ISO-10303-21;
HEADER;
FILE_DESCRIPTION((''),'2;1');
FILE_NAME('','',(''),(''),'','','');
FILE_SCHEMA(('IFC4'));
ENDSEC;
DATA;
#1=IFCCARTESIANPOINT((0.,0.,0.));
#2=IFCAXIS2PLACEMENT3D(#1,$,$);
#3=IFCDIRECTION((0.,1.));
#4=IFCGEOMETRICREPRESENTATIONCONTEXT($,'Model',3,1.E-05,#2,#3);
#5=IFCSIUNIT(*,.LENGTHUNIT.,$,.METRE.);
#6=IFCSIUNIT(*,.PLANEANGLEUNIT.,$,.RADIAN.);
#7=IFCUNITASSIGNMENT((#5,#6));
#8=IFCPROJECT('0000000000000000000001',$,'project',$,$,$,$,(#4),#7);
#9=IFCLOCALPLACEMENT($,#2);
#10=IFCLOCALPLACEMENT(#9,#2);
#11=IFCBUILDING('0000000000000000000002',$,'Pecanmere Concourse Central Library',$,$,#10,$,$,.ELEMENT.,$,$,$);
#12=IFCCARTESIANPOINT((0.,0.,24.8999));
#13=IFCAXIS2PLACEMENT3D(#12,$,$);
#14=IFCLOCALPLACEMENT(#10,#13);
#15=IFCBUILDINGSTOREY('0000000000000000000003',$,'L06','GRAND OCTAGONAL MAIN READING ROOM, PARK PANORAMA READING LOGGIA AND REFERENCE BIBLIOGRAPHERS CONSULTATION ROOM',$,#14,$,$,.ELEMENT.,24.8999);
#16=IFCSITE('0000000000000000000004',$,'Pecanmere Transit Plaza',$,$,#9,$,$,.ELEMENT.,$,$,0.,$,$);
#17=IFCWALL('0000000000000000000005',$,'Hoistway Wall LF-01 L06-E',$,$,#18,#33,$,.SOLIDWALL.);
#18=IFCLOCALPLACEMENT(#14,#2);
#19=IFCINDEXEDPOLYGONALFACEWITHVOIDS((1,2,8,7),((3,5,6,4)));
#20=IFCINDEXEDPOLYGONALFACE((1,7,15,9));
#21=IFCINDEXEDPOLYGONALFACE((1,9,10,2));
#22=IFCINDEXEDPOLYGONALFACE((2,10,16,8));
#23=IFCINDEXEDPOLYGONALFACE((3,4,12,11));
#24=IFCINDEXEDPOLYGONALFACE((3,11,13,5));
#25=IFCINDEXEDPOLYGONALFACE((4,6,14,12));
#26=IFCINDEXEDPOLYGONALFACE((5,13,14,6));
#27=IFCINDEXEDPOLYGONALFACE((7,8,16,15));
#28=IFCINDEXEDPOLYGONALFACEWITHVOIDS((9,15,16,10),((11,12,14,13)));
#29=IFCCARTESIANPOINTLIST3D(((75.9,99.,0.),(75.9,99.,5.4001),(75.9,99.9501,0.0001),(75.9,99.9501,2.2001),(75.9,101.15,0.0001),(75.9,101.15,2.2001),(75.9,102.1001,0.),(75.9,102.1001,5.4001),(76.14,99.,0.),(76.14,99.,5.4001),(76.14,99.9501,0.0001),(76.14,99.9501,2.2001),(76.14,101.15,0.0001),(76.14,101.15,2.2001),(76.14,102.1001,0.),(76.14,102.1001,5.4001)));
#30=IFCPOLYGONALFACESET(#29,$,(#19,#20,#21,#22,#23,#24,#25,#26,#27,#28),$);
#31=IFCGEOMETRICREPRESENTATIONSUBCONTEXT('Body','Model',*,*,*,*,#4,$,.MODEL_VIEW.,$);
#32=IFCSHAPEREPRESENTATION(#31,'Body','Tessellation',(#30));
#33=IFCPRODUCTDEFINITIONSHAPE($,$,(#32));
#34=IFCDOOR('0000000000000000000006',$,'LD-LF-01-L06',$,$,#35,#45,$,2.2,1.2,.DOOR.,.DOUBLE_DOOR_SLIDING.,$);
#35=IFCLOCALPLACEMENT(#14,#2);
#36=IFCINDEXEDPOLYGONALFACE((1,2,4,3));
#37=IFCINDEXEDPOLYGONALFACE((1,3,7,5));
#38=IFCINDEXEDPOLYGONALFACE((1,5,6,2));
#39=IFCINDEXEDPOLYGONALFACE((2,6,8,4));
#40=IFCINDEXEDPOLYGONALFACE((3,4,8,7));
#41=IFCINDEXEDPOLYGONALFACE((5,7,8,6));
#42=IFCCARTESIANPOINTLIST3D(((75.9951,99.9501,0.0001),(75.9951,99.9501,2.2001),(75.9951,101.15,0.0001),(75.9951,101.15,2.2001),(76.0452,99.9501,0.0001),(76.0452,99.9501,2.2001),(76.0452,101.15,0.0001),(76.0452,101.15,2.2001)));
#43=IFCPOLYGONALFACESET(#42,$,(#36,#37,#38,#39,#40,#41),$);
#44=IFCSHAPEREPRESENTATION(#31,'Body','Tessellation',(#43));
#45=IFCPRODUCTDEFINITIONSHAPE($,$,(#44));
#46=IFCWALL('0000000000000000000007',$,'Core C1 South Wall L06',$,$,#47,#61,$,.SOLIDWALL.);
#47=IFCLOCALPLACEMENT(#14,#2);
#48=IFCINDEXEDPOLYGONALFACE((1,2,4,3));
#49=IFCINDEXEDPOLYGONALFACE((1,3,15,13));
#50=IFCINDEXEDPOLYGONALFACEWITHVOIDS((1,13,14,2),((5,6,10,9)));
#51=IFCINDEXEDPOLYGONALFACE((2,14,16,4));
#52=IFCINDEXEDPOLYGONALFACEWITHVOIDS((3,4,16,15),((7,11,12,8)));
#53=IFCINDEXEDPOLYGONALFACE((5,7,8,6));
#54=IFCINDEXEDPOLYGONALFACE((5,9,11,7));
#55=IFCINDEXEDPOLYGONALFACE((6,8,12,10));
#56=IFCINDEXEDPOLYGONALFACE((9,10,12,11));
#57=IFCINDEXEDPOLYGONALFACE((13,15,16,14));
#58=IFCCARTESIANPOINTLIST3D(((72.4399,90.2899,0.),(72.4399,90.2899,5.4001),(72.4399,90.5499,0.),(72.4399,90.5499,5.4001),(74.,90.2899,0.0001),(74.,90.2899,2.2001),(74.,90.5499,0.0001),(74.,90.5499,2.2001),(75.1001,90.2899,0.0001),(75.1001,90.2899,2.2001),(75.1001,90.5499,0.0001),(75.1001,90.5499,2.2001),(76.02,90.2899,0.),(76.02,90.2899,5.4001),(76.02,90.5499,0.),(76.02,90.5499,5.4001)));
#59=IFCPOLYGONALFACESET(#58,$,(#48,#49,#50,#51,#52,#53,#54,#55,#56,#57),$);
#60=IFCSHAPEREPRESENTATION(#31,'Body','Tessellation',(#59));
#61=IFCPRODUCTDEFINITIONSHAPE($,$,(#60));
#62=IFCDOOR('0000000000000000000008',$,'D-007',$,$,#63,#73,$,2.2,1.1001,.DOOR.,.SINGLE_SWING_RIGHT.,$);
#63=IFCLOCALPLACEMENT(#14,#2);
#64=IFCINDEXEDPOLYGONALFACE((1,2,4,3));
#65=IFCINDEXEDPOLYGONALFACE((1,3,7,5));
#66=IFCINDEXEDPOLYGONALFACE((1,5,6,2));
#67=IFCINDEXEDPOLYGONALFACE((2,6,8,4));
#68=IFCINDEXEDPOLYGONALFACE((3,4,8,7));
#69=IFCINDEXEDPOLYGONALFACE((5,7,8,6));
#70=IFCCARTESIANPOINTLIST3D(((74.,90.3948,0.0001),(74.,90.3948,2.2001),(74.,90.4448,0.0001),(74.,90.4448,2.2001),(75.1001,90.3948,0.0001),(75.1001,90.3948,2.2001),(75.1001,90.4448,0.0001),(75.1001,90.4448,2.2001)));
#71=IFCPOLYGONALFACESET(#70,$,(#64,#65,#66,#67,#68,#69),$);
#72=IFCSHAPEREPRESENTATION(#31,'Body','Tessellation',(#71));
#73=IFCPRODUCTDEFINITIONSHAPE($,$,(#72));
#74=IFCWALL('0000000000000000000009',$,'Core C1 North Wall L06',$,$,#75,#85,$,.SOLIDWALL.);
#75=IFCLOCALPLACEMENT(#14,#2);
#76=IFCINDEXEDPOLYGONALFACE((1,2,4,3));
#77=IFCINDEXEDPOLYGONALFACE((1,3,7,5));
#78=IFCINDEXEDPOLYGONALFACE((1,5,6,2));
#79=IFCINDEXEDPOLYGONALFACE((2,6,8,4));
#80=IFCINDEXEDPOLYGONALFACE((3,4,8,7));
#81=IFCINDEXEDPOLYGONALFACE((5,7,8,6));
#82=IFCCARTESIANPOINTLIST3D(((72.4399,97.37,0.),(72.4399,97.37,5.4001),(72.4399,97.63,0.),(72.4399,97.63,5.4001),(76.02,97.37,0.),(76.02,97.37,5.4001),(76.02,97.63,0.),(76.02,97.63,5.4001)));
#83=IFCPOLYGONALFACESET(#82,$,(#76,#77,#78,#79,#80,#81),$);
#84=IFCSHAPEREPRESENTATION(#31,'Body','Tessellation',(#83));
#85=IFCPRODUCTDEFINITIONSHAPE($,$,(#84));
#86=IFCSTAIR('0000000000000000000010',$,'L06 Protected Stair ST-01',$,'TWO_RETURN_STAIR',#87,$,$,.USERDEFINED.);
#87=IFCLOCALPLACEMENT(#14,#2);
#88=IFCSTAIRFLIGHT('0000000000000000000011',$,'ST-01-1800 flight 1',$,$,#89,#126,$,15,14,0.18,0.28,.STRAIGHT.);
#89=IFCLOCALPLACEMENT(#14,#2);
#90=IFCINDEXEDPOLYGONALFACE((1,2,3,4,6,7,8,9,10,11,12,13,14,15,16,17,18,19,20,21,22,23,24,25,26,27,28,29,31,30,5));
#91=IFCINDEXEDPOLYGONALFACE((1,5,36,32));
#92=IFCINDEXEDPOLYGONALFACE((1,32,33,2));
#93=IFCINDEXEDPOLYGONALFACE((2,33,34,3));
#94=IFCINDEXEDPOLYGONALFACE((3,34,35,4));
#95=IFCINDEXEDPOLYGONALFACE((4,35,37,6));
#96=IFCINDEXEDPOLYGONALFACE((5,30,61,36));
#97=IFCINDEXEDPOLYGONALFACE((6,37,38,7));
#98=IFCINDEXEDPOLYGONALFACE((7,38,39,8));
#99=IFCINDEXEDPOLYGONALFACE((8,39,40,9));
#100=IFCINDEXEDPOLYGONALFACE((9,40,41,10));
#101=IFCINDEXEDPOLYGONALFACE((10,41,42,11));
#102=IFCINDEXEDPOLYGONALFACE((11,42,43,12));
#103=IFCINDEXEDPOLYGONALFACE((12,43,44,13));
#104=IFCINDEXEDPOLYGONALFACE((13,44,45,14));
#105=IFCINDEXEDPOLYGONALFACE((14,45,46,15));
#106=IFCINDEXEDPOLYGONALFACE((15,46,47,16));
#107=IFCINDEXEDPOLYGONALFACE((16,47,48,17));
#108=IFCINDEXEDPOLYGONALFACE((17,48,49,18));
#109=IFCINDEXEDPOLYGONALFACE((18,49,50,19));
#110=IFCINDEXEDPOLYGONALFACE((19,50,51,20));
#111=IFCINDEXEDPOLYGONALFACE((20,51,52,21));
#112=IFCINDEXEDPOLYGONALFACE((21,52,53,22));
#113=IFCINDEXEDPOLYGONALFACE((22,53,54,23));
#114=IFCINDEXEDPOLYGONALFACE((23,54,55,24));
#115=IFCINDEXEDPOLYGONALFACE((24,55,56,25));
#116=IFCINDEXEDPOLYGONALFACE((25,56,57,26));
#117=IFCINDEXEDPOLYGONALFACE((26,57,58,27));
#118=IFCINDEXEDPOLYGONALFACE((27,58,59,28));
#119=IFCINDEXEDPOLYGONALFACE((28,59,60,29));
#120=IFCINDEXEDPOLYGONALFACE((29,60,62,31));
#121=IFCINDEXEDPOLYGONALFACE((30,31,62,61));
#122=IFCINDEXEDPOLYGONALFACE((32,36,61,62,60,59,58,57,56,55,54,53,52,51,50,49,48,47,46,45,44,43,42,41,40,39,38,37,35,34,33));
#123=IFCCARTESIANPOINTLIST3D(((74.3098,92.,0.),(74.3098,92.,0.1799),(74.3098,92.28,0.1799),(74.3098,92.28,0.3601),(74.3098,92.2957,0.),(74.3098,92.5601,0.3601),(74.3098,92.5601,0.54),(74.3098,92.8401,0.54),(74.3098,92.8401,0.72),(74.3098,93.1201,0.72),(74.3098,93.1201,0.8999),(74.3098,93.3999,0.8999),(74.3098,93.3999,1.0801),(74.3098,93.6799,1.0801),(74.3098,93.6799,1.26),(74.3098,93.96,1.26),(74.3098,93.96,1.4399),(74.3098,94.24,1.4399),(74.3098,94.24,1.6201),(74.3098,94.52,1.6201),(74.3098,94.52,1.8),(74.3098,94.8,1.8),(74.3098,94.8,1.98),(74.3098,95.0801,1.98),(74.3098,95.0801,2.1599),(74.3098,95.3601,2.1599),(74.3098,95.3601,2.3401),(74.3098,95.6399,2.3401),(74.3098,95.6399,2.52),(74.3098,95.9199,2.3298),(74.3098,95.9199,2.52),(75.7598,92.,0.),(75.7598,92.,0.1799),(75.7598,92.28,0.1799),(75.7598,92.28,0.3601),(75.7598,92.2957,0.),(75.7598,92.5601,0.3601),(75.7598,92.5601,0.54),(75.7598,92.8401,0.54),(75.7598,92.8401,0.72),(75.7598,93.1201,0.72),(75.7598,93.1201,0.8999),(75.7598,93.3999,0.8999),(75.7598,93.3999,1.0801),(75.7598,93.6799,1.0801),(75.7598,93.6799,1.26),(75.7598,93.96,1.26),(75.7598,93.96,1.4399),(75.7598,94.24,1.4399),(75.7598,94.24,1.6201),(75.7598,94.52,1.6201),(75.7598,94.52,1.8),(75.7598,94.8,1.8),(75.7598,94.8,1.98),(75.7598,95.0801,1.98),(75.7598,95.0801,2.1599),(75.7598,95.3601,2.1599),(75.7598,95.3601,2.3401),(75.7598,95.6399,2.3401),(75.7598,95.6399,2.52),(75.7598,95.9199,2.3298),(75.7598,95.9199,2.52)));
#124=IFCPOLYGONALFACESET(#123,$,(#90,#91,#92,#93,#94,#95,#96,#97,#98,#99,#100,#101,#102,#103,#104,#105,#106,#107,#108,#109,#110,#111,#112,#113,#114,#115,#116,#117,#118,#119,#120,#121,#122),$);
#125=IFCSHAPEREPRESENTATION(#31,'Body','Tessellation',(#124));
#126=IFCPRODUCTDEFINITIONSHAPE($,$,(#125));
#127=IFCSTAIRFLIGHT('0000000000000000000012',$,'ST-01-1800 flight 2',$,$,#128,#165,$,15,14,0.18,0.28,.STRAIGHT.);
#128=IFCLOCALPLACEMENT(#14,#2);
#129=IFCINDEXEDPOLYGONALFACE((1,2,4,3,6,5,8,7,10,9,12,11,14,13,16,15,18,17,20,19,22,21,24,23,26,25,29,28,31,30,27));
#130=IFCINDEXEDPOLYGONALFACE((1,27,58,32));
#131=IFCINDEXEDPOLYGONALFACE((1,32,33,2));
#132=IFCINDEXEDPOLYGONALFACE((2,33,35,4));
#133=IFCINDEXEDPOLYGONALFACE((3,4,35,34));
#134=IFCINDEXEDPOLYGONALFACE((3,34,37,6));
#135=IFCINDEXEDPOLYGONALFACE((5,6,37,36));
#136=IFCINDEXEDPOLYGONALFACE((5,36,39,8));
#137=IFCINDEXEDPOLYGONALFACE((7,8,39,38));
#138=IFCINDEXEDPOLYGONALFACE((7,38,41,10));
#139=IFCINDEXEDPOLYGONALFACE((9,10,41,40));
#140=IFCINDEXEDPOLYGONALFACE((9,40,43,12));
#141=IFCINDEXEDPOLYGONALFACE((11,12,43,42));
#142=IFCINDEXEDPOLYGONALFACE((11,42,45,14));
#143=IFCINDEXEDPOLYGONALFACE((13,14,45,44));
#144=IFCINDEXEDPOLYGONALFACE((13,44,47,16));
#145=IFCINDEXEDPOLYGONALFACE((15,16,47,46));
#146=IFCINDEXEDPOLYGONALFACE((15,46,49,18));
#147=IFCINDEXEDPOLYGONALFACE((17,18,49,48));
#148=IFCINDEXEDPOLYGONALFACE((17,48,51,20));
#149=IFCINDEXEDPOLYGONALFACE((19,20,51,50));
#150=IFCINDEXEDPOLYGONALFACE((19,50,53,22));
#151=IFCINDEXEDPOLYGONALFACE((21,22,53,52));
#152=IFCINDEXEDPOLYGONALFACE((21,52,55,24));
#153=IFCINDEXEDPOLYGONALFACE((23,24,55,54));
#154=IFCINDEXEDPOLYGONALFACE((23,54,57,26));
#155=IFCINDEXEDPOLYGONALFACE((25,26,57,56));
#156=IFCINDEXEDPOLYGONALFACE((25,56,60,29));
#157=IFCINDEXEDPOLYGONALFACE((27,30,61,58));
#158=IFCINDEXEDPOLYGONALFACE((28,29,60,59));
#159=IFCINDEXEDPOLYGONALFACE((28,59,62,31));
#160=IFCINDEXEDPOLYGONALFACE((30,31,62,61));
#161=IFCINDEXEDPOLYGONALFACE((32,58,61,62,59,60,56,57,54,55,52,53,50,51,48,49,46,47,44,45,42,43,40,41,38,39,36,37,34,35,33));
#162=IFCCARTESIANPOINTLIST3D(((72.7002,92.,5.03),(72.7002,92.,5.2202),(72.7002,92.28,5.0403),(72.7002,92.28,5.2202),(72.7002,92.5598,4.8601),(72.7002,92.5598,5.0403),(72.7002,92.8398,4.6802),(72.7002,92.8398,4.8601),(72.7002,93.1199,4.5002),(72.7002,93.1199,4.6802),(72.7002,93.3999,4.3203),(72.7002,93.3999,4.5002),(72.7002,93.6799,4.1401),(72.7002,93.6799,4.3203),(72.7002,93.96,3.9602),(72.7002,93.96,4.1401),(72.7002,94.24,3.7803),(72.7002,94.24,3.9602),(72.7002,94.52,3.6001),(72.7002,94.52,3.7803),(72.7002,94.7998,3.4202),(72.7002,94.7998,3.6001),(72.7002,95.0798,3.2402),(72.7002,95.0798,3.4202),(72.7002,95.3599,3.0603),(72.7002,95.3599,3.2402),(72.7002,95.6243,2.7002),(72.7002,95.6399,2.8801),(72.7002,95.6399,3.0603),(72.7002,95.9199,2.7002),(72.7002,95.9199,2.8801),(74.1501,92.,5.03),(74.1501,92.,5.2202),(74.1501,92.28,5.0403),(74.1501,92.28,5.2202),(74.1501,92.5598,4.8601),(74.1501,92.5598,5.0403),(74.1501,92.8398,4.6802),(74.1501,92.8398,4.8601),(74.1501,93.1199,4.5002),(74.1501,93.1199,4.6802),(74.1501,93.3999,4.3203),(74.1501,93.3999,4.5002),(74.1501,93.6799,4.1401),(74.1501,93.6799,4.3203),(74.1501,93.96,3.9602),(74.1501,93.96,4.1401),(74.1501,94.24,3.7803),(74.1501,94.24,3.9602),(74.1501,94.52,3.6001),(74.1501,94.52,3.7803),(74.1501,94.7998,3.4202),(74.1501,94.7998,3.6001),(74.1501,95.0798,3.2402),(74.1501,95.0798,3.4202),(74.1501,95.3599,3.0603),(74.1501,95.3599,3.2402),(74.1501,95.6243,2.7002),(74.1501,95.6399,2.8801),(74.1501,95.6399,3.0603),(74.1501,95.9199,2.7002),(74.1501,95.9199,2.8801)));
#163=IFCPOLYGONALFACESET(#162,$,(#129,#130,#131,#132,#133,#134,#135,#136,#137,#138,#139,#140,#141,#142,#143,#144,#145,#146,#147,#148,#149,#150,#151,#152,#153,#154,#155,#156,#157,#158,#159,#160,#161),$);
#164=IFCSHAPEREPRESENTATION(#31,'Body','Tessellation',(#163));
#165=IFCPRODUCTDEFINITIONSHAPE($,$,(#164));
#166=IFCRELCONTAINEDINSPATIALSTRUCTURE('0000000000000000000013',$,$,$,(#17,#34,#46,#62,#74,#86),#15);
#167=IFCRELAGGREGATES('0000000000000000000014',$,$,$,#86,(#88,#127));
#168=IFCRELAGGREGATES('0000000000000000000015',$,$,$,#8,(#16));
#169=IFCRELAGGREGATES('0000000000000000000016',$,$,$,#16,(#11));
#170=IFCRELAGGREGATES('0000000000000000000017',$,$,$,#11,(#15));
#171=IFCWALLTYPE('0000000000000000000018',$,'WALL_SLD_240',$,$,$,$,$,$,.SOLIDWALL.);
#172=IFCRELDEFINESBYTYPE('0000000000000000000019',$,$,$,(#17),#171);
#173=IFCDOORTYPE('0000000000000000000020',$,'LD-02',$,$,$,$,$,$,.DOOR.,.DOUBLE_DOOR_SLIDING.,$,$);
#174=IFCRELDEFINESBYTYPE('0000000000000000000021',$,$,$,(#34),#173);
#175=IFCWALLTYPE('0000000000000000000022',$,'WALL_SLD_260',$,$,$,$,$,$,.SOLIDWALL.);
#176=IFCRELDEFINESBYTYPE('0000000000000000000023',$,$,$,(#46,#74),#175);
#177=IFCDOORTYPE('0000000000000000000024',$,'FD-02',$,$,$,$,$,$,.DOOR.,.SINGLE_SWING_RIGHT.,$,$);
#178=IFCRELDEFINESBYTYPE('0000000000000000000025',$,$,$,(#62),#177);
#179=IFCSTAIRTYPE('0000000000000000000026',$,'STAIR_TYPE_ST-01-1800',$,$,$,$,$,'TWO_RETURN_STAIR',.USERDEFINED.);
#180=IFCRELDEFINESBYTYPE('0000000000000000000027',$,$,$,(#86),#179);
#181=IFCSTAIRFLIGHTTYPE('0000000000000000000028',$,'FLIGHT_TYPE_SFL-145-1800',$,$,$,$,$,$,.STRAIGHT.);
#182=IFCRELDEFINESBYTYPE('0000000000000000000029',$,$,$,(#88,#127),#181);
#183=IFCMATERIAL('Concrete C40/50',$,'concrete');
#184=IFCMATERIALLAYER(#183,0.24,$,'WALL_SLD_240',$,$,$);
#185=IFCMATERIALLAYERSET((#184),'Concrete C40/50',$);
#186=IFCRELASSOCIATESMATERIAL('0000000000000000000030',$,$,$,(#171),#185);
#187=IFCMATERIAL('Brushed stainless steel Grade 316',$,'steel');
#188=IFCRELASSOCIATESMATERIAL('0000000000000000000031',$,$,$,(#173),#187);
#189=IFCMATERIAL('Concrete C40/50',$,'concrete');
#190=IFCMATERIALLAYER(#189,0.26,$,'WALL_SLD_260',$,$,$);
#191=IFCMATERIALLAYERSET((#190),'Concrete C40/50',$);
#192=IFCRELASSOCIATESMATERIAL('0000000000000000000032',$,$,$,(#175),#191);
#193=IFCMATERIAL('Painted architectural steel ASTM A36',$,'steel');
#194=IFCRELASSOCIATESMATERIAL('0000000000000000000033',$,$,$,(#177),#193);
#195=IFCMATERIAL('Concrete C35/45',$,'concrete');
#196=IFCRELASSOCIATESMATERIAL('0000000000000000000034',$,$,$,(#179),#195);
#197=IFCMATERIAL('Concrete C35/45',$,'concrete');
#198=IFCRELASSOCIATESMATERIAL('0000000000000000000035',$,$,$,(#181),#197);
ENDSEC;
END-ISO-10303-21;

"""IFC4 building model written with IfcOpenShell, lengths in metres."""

from ifc_helpers import new_model, si_unit, direction, frame, frame_2d, origin, place, context, subcontext, project, spatial, polyline, rectangle, outline, extrude, material, layer, layer_set, type_object, element, fill, aggregate, save


model = new_model("IFC4")

# Units and contexts
model_context = context("Model", 3, precision=1e-05, world=origin(), true_north=direction((0.0, 1.0)))
body_context = subcontext(model_context, "Body", "Model", "MODEL_VIEW")
ifc_project = project(units=[si_unit("LENGTHUNIT", "METRE"), si_unit("PLANEANGLEUNIT", "RADIAN")], contexts=[model_context])

# Site, building, storey
site_placement = place(None, origin())
site = spatial("IfcSite", under=ifc_project, at=site_placement, Name="Pecanmere Transit Plaza", CompositionType="ELEMENT", RefElevation=0.0)
building_placement = place(site_placement, origin())
building = spatial("IfcBuilding", under=site, at=building_placement, Name="Pecanmere Concourse Central Library", CompositionType="ELEMENT")
storey_placement = place(building_placement, frame((0.0, 0.0, 24.8999)))
storey = spatial("IfcBuildingStorey", under=building, at=storey_placement, Name="L06", Description="GRAND OCTAGONAL MAIN READING ROOM, PARK PANORAMA READING LOGGIA AND REFERENCE BIBLIOGRAPHERS CONSULTATION ROOM", CompositionType="ELEMENT", Elevation=24.8999)

# Shared definitions
ifc_material_1 = material(Name="Concrete C40/50", Category="concrete")
ifc_layer_1 = layer(ifc_material_1, 0.24, Name="WALL_SLD_240")
ifc_layer_set_1 = layer_set([ifc_layer_1], Name="Concrete C40/50")
wall_type_1 = type_object("IfcWallType", Name="WALL_SLD_240", PredefinedType="SOLIDWALL", material=ifc_layer_set_1)

# Walls, openings, doors
wall_1_placement = place(storey_placement, frame((76.02, 99.0, 0.0), z_axis=(0.0, 0.0, 1.0), x_axis=(0.0, 1.0, 0.0)))
wall_1 = element("IfcWall", 1, at=wall_1_placement, inside=storey, type_object=wall_type_1, Name="Hoistway Wall LF-01 L06-E", PredefinedType="SOLIDWALL", context=body_context, shape_type="SweptSolid", body=[
    extrude(rectangle(XDim=3.1001, YDim=0.24, at=frame_2d((1.55, 0.0))), origin(), (0.0, 0.0, 1.0), 5.4001),
])
opening_1_placement = place(wall_1_placement, frame((0.95, 0.0, 0.0)))
opening_1 = element("IfcOpeningElement", 2, at=opening_1_placement, cuts=wall_1, PredefinedType="OPENING", context=body_context, shape_type="SweptSolid", body=[
    extrude(rectangle(XDim=1.2, YDim=2.2, at=frame_2d((0.6001, 1.1001))), frame((0.0, 0.1318, 0.0), z_axis=(0.0, -1.0, 0.0), x_axis=(1.0, 0.0, 0.0)), (0.0, 0.0, 1.0), 0.2639),
])
ifc_material_2 = material(Name="Brushed stainless steel Grade 316", Category="steel")
door_type_1 = type_object("IfcDoorType", Name="LD-02", OperationType="DOUBLE_DOOR_SLIDING", PredefinedType="DOOR", material=ifc_material_2)
door_1_placement = place(opening_1_placement, origin())
door_1 = element("IfcDoor", 3, at=door_1_placement, inside=storey, type_object=door_type_1, Name="LD-LF-01-L06", OperationType="DOUBLE_DOOR_SLIDING", OverallHeight=2.2, OverallWidth=1.2, PredefinedType="DOOR", context=body_context, shape_type="SweptSolid", body=[
    extrude(rectangle(XDim=1.2, YDim=2.2, at=frame_2d((0.6001, 1.1001))), frame((0.0, 0.0249, 0.0), z_axis=(0.0, -1.0, 0.0), x_axis=(1.0, 0.0, 0.0)), (0.0, 0.0, 1.0), 0.05),
])
fill(opening_1, door_1)
ifc_material_3 = material(Name="Concrete C40/50", Category="concrete")
ifc_layer_2 = layer(ifc_material_3, 0.26, Name="WALL_SLD_260")
ifc_layer_set_2 = layer_set([ifc_layer_2], Name="Concrete C40/50")
wall_type_2 = type_object("IfcWallType", Name="WALL_SLD_260", PredefinedType="SOLIDWALL", material=ifc_layer_set_2)
wall_2_placement = place(storey_placement, frame((72.4399, 90.4199, 0.0), z_axis=(0.0, 0.0, 1.0), x_axis=(1.0, 0.0, 0.0)))
wall_2 = element("IfcWall", 4, at=wall_2_placement, inside=storey, type_object=wall_type_2, Name="Core C1 South Wall L06", PredefinedType="SOLIDWALL", context=body_context, shape_type="SweptSolid", body=[
    extrude(rectangle(XDim=3.5801, YDim=0.26, at=frame_2d((1.79, 0.0))), origin(), (0.0, 0.0, 1.0), 5.4001),
])
opening_2_placement = place(wall_2_placement, frame((1.5601, 0.0, 0.0)))
opening_2 = element("IfcOpeningElement", 5, at=opening_2_placement, cuts=wall_2, PredefinedType="OPENING", context=body_context, shape_type="SweptSolid", body=[
    extrude(rectangle(XDim=1.1001, YDim=2.2, at=frame_2d((0.55, 1.1001))), frame((0.0, 0.1421, 0.0), z_axis=(0.0, -1.0, 0.0), x_axis=(1.0, 0.0, 0.0)), (0.0, 0.0, 1.0), 0.2839),
])
ifc_material_4 = material(Name="Painted architectural steel ASTM A36", Category="steel")
door_type_2 = type_object("IfcDoorType", Name="FD-02", OperationType="SINGLE_SWING_RIGHT", PredefinedType="DOOR", material=ifc_material_4)
door_2_placement = place(opening_2_placement, origin())
door_2 = element("IfcDoor", 6, at=door_2_placement, inside=storey, type_object=door_type_2, Name="D-007", OperationType="SINGLE_SWING_RIGHT", OverallHeight=2.2, OverallWidth=1.1001, PredefinedType="DOOR", context=body_context, shape_type="SweptSolid", body=[
    extrude(rectangle(XDim=1.1001, YDim=2.2, at=frame_2d((0.55, 1.1001))), frame((0.0, 0.0249, 0.0), z_axis=(0.0, -1.0, 0.0), x_axis=(1.0, 0.0, 0.0)), (0.0, 0.0, 1.0), 0.05),
])
fill(opening_2, door_2)

# Wall
wall_3_placement = place(storey_placement, frame((72.4399, 97.5, 0.0), z_axis=(0.0, 0.0, 1.0), x_axis=(1.0, 0.0, 0.0)))
element("IfcWall", 7, at=wall_3_placement, inside=storey, type_object=wall_type_2, Name="Core C1 North Wall L06", PredefinedType="SOLIDWALL", context=body_context, shape_type="SweptSolid", body=[
    extrude(rectangle(XDim=3.5801, YDim=0.26, at=frame_2d((1.79, 0.0))), origin(), (0.0, 0.0, 1.0), 5.4001),
])

# Stair, stair flights
ifc_material_5 = material(Name="Concrete C35/45", Category="concrete")
stair_type = type_object("IfcStairType", Name="STAIR_TYPE_ST-01-1800", ElementType="TWO_RETURN_STAIR", PredefinedType="USERDEFINED", material=ifc_material_5)
stair_placement = place(storey_placement, origin())
stair = element("IfcStair", 8, at=stair_placement, inside=storey, type_object=stair_type, Name="L06 Protected Stair ST-01", ObjectType="TWO_RETURN_STAIR", PredefinedType="USERDEFINED")
ifc_material_6 = material(Name="Concrete C35/45", Category="concrete")
stair_flight_type = type_object("IfcStairFlightType", Name="FLIGHT_TYPE_SFL-145-1800", PredefinedType="STRAIGHT", material=ifc_material_6)
stair_flight_1_placement = place(storey_placement, frame((75.0349, 92.0, 0.0), z_axis=(0.0, 0.0, 1.0), x_axis=(0.0, 1.0, 0.0)))
stair_flight_1 = element("IfcStairFlight", 9, at=stair_flight_1_placement, type_object=stair_flight_type, Name="ST-01-1800 flight 1", NumberOfRisers=15, NumberOfTreads=14, PredefinedType="STRAIGHT", RiserHeight=0.18, TreadLength=0.28, context=body_context, shape_type="SweptSolid", body=[
    extrude(outline(polyline([(0.0, 0.0), (0.0, 0.1799), (0.28, 0.1799), (0.28, 0.3601), (0.5601, 0.3601), (0.5601, 0.54), (0.8401, 0.54), (0.8401, 0.72), (1.1201, 0.72), (1.1201, 0.8999), (1.3999, 0.8999), (1.3999, 1.0801), (1.6799, 1.0801), (1.6799, 1.26), (1.96, 1.26), (1.96, 1.4399), (2.24, 1.4399), (2.24, 1.6201), (2.52, 1.6201), (2.52, 1.8), (2.8, 1.8), (2.8, 1.98), (3.0801, 1.98), (3.0801, 2.1599), (3.3601, 2.1599), (3.3601, 2.3401), (3.6399, 2.3401), (3.6399, 2.52), (3.9199, 2.52), (3.9199, 2.7), (3.9199, 2.3298), (0.2957, 0.0), (0.0, 0.0)])), frame((0.0, 0.7251, 0.0), z_axis=(0.0, -1.0, 0.0), x_axis=(1.0, 0.0, 0.0)), (0.0, 0.0, 1.0), 1.45),
])
stair_flight_2_placement = place(storey_placement, frame((73.425, 95.9199, 2.7002), z_axis=(0.0, 0.0, 1.0), x_axis=(0.0, -1.0, 0.0)))
stair_flight_2 = element("IfcStairFlight", 10, at=stair_flight_2_placement, type_object=stair_flight_type, Name="ST-01-1800 flight 2", NumberOfRisers=15, NumberOfTreads=14, PredefinedType="STRAIGHT", RiserHeight=0.18, TreadLength=0.28, context=body_context, shape_type="SweptSolid", body=[
    extrude(outline(polyline([(0.0, 0.0), (0.0, 0.1799), (0.28, 0.1799), (0.28, 0.3601), (0.5601, 0.3601), (0.5601, 0.54), (0.8401, 0.54), (0.8401, 0.72), (1.1201, 0.72), (1.1201, 0.8999), (1.3999, 0.8999), (1.3999, 1.0801), (1.6799, 1.0801), (1.6799, 1.26), (1.96, 1.26), (1.96, 1.4399), (2.24, 1.4399), (2.24, 1.6201), (2.52, 1.6201), (2.52, 1.8), (2.8, 1.8), (2.8, 1.98), (3.0801, 1.98), (3.0801, 2.1599), (3.3601, 2.1599), (3.3601, 2.3401), (3.6399, 2.3401), (3.6399, 2.52), (3.9199, 2.52), (3.9199, 2.7), (3.9199, 2.3298), (0.2957, 0.0), (0.0, 0.0)])), frame((0.0, 0.7251, 0.0), z_axis=(0.0, -1.0, 0.0), x_axis=(1.0, 0.0, 0.0)), (0.0, 0.0, 1.0), 1.45),
])
aggregate(stair, [stair_flight_1, stair_flight_2])

save(model, "model.ifc")
